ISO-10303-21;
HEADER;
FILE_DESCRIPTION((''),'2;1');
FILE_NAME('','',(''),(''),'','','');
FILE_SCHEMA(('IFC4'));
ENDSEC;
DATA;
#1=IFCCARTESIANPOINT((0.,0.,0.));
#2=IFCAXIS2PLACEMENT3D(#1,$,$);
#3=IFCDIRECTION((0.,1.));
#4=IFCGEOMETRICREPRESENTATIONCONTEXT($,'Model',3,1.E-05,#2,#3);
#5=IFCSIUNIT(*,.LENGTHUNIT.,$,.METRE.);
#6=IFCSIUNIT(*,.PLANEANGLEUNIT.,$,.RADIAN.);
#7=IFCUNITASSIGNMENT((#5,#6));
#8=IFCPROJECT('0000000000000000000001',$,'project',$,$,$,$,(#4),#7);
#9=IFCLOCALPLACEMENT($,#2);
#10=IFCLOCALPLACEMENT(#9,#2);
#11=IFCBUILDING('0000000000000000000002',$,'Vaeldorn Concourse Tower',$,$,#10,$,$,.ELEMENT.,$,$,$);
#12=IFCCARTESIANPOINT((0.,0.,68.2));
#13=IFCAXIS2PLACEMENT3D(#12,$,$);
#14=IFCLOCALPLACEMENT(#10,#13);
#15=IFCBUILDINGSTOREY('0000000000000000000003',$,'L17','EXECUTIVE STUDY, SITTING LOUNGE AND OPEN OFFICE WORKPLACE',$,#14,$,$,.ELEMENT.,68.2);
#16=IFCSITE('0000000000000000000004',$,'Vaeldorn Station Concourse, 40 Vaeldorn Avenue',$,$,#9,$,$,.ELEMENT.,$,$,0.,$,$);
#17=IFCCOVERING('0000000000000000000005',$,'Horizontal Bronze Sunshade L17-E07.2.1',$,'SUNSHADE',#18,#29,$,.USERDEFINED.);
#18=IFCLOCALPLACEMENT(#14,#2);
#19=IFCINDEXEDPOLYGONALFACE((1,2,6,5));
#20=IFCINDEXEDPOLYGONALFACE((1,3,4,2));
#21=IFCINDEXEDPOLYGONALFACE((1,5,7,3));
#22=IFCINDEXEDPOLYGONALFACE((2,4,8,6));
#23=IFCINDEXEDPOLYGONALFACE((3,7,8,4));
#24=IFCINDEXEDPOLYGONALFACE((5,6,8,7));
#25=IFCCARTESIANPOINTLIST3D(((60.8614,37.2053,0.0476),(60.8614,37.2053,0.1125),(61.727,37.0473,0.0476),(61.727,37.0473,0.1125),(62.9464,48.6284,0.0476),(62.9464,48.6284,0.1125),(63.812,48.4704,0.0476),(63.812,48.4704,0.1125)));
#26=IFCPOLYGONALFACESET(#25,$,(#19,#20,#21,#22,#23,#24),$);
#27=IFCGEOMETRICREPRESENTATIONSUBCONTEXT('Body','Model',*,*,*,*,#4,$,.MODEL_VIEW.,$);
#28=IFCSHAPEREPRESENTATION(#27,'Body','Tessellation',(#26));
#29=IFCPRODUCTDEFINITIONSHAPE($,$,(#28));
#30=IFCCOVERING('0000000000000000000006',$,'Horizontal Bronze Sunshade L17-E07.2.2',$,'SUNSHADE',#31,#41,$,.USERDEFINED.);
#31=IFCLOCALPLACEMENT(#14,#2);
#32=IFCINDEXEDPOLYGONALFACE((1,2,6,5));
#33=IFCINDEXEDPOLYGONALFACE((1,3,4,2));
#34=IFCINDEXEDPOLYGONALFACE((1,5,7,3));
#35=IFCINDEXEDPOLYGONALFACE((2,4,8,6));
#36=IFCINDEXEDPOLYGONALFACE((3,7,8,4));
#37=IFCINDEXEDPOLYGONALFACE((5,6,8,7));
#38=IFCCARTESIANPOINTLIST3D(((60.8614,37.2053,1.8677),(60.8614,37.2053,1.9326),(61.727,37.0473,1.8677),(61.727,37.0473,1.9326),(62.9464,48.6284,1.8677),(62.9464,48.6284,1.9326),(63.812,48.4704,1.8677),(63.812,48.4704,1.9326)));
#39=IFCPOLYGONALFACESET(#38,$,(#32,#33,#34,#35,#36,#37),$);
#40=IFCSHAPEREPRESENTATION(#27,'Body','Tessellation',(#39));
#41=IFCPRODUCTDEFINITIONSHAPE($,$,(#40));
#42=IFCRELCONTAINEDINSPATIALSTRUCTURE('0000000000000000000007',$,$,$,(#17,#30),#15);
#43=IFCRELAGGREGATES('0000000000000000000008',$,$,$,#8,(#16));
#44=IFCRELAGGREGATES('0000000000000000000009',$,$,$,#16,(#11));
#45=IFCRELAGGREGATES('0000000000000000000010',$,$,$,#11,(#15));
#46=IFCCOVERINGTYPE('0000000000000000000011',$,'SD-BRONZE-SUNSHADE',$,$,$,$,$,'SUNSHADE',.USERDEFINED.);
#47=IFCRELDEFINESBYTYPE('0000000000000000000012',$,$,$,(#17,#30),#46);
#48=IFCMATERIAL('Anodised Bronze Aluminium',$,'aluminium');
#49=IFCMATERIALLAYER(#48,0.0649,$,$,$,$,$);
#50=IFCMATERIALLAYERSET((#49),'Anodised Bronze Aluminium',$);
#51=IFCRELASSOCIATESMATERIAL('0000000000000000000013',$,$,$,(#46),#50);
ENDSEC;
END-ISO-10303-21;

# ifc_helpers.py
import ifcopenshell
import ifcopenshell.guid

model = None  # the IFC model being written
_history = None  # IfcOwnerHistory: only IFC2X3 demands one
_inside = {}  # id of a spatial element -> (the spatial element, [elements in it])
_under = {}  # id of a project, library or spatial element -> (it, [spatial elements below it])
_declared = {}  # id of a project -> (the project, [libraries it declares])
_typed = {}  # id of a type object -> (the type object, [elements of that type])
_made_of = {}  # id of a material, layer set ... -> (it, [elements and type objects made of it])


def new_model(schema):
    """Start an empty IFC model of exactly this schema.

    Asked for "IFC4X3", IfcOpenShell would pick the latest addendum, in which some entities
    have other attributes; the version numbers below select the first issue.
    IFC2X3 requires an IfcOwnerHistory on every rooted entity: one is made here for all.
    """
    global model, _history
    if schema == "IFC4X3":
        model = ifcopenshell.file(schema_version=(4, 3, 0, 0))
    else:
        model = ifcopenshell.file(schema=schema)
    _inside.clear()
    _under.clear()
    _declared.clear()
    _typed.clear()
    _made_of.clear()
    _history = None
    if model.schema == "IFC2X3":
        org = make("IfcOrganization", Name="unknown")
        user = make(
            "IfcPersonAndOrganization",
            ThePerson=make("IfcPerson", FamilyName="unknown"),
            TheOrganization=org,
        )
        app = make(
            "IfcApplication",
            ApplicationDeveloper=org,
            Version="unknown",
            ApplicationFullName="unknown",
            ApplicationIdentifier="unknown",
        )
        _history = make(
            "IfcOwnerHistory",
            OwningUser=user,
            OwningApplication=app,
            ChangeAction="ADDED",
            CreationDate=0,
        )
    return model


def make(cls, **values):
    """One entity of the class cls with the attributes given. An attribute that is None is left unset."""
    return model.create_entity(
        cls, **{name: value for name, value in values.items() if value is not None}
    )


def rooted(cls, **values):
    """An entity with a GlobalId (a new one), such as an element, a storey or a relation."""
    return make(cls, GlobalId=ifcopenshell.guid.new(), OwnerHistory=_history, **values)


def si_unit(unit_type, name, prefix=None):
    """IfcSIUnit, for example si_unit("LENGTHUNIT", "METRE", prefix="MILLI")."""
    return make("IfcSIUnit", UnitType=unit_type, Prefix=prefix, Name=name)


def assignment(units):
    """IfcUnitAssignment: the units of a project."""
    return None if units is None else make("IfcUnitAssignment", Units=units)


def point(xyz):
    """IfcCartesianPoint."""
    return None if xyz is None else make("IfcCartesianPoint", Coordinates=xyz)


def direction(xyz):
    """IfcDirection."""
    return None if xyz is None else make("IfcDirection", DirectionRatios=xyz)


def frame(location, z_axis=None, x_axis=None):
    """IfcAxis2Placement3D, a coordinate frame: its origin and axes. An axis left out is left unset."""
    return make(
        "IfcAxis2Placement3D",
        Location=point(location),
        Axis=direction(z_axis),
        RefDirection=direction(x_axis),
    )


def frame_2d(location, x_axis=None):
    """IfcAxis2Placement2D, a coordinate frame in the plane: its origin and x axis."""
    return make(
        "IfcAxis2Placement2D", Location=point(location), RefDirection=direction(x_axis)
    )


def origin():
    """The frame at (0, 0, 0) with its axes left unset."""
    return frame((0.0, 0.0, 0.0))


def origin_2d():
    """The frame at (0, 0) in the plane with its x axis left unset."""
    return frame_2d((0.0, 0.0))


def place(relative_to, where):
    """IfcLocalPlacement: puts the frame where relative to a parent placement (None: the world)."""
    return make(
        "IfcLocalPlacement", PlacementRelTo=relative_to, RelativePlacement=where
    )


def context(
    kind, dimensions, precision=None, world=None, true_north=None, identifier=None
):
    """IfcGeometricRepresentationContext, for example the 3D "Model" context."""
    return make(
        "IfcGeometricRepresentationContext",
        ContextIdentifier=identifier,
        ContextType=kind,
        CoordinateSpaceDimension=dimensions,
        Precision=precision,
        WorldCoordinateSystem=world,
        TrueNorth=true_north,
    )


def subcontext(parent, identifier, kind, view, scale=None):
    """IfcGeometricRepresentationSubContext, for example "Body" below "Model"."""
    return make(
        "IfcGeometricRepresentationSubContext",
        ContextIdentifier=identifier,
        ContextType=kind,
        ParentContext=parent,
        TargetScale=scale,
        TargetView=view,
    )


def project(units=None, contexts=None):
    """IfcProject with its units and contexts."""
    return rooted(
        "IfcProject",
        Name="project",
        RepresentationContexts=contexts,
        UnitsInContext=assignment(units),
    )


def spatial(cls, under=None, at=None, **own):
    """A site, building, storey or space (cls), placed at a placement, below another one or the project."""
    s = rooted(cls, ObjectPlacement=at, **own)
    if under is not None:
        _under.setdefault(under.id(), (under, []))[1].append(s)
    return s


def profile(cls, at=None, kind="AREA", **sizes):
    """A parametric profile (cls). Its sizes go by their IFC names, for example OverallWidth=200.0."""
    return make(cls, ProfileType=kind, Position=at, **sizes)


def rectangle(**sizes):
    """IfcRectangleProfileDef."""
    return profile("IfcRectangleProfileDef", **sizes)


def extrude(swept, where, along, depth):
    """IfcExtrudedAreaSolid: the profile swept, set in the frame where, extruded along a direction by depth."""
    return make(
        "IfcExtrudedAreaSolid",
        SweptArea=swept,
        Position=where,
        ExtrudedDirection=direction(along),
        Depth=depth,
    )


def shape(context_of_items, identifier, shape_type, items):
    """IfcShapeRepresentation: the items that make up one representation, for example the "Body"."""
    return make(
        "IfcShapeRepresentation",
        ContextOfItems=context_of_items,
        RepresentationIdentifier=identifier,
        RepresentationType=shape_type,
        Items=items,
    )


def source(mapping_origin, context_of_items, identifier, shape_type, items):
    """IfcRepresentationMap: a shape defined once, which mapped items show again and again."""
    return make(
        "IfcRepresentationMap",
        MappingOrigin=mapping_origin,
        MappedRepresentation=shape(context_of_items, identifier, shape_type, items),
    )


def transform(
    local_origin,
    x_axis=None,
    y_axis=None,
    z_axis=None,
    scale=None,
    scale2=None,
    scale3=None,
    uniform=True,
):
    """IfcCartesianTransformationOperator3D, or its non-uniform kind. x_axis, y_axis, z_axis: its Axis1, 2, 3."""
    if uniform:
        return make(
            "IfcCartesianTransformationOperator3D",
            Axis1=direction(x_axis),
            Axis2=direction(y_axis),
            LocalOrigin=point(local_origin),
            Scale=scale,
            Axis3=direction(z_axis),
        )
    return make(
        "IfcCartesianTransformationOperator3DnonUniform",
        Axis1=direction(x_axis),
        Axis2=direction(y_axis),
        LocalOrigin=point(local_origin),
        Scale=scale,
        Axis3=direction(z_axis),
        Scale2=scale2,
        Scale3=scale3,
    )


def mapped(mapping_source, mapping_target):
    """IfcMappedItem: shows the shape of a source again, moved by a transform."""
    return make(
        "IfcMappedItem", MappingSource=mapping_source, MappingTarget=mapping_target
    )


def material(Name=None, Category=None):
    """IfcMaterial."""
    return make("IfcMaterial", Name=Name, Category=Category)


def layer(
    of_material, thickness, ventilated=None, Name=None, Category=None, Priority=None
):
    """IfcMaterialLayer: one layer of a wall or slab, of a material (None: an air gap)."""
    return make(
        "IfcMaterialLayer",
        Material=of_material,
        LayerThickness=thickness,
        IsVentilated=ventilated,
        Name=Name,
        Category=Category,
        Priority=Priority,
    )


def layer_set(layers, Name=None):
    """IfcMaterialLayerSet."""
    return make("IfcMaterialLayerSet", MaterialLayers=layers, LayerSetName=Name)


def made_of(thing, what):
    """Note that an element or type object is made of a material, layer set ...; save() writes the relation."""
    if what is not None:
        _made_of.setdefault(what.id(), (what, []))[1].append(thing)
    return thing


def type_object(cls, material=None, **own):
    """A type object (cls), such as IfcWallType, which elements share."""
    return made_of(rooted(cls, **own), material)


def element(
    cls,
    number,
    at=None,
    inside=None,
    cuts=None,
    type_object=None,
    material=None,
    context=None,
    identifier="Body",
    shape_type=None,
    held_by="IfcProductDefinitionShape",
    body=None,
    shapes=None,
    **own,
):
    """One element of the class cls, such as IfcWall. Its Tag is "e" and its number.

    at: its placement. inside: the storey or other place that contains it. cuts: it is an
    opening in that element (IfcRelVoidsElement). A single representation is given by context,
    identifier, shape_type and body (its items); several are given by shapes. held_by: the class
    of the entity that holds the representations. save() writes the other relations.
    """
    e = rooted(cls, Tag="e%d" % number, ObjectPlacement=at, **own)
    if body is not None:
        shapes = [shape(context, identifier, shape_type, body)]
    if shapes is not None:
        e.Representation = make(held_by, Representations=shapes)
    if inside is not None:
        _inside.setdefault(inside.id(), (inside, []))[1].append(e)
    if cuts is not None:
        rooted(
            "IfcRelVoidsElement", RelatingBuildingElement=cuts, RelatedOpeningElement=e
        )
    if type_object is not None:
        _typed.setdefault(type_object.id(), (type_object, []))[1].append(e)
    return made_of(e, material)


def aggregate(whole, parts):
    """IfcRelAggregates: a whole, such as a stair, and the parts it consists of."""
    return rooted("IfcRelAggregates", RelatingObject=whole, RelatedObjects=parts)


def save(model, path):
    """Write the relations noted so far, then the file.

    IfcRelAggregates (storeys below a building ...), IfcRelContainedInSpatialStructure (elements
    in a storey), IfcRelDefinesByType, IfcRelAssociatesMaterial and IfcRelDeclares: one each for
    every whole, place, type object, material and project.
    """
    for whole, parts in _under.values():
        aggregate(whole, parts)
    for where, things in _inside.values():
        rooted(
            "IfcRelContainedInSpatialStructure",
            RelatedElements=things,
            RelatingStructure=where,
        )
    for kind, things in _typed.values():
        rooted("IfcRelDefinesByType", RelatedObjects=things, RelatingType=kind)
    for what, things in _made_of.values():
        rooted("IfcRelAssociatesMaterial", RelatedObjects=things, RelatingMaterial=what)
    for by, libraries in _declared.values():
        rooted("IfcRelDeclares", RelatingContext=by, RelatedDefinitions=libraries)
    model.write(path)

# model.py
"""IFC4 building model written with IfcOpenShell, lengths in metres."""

from ifc_helpers import new_model, si_unit, direction, frame, origin, origin_2d, place, context, subcontext, project, spatial, rectangle, extrude, source, transform, mapped, material, layer, layer_set, type_object, element, save


model = new_model("IFC4")

# Units and contexts
model_context = context("Model", 3, precision=1e-05, world=origin(), true_north=direction((0.0, 1.0)))
body_context = subcontext(model_context, "Body", "Model", "MODEL_VIEW")
ifc_project = project(units=[si_unit("LENGTHUNIT", "METRE"), si_unit("PLANEANGLEUNIT", "RADIAN")], contexts=[model_context])

# Site, building, storey
site_placement = place(None, origin())
site = spatial("IfcSite", under=ifc_project, at=site_placement, Name="Vaeldorn Station Concourse, 40 Vaeldorn Avenue", CompositionType="ELEMENT", RefElevation=0.0)
building_placement = place(site_placement, origin())
building = spatial("IfcBuilding", under=site, at=building_placement, Name="Vaeldorn Concourse Tower", CompositionType="ELEMENT")
storey_placement = place(building_placement, frame((0.0, 0.0, 68.2)))
storey = spatial("IfcBuildingStorey", under=building, at=storey_placement, Name="L17", Description="EXECUTIVE STUDY, SITTING LOUNGE AND OPEN OFFICE WORKPLACE", CompositionType="ELEMENT", Elevation=68.2)

# Shared definitions
ifc_material_1 = material(Name="Anodised Bronze Aluminium", Category="aluminium")

# Coverings
ifc_layer_1 = layer(ifc_material_1, 0.0649)
ifc_layer_set_1 = layer_set([ifc_layer_1], Name="Anodised Bronze Aluminium")
covering_type = type_object("IfcCoveringType", Name="SD-BRONZE-SUNSHADE", ElementType="SUNSHADE", PredefinedType="USERDEFINED", material=ifc_layer_set_1)
shared_shape_1 = source(origin(), body_context, "Body", "SweptSolid", [
    extrude(rectangle(XDim=11.6118, YDim=0.8799, at=origin_2d()), origin(), (0.0, 0.0, 1.0), 0.0649),
])
for number, where, z_axis, x_axis, name in (
    (1, (62.3367, 42.8379, 0.0476), (0.0, 0.0, 1.0), (0.179558, 0.983747, 0.0), "Horizontal Bronze Sunshade L17-E07.2.1"),
    (2, (62.3367, 42.8379, 1.8677), (0.0, 0.0, 1.0), (0.179558, 0.983747, 0.0), "Horizontal Bronze Sunshade L17-E07.2.2"),
):
    element("IfcCovering", number, at=place(storey_placement, frame(where, z_axis=z_axis, x_axis=x_axis)), inside=storey, type_object=covering_type, Name=name, ObjectType="SUNSHADE", PredefinedType="USERDEFINED", context=body_context, shape_type="MappedRepresentation", body=[
        mapped(shared_shape_1, transform((0.0, 0.0, 0.0), scale=1.0)),
    ])

save(model, "model.ifc")
